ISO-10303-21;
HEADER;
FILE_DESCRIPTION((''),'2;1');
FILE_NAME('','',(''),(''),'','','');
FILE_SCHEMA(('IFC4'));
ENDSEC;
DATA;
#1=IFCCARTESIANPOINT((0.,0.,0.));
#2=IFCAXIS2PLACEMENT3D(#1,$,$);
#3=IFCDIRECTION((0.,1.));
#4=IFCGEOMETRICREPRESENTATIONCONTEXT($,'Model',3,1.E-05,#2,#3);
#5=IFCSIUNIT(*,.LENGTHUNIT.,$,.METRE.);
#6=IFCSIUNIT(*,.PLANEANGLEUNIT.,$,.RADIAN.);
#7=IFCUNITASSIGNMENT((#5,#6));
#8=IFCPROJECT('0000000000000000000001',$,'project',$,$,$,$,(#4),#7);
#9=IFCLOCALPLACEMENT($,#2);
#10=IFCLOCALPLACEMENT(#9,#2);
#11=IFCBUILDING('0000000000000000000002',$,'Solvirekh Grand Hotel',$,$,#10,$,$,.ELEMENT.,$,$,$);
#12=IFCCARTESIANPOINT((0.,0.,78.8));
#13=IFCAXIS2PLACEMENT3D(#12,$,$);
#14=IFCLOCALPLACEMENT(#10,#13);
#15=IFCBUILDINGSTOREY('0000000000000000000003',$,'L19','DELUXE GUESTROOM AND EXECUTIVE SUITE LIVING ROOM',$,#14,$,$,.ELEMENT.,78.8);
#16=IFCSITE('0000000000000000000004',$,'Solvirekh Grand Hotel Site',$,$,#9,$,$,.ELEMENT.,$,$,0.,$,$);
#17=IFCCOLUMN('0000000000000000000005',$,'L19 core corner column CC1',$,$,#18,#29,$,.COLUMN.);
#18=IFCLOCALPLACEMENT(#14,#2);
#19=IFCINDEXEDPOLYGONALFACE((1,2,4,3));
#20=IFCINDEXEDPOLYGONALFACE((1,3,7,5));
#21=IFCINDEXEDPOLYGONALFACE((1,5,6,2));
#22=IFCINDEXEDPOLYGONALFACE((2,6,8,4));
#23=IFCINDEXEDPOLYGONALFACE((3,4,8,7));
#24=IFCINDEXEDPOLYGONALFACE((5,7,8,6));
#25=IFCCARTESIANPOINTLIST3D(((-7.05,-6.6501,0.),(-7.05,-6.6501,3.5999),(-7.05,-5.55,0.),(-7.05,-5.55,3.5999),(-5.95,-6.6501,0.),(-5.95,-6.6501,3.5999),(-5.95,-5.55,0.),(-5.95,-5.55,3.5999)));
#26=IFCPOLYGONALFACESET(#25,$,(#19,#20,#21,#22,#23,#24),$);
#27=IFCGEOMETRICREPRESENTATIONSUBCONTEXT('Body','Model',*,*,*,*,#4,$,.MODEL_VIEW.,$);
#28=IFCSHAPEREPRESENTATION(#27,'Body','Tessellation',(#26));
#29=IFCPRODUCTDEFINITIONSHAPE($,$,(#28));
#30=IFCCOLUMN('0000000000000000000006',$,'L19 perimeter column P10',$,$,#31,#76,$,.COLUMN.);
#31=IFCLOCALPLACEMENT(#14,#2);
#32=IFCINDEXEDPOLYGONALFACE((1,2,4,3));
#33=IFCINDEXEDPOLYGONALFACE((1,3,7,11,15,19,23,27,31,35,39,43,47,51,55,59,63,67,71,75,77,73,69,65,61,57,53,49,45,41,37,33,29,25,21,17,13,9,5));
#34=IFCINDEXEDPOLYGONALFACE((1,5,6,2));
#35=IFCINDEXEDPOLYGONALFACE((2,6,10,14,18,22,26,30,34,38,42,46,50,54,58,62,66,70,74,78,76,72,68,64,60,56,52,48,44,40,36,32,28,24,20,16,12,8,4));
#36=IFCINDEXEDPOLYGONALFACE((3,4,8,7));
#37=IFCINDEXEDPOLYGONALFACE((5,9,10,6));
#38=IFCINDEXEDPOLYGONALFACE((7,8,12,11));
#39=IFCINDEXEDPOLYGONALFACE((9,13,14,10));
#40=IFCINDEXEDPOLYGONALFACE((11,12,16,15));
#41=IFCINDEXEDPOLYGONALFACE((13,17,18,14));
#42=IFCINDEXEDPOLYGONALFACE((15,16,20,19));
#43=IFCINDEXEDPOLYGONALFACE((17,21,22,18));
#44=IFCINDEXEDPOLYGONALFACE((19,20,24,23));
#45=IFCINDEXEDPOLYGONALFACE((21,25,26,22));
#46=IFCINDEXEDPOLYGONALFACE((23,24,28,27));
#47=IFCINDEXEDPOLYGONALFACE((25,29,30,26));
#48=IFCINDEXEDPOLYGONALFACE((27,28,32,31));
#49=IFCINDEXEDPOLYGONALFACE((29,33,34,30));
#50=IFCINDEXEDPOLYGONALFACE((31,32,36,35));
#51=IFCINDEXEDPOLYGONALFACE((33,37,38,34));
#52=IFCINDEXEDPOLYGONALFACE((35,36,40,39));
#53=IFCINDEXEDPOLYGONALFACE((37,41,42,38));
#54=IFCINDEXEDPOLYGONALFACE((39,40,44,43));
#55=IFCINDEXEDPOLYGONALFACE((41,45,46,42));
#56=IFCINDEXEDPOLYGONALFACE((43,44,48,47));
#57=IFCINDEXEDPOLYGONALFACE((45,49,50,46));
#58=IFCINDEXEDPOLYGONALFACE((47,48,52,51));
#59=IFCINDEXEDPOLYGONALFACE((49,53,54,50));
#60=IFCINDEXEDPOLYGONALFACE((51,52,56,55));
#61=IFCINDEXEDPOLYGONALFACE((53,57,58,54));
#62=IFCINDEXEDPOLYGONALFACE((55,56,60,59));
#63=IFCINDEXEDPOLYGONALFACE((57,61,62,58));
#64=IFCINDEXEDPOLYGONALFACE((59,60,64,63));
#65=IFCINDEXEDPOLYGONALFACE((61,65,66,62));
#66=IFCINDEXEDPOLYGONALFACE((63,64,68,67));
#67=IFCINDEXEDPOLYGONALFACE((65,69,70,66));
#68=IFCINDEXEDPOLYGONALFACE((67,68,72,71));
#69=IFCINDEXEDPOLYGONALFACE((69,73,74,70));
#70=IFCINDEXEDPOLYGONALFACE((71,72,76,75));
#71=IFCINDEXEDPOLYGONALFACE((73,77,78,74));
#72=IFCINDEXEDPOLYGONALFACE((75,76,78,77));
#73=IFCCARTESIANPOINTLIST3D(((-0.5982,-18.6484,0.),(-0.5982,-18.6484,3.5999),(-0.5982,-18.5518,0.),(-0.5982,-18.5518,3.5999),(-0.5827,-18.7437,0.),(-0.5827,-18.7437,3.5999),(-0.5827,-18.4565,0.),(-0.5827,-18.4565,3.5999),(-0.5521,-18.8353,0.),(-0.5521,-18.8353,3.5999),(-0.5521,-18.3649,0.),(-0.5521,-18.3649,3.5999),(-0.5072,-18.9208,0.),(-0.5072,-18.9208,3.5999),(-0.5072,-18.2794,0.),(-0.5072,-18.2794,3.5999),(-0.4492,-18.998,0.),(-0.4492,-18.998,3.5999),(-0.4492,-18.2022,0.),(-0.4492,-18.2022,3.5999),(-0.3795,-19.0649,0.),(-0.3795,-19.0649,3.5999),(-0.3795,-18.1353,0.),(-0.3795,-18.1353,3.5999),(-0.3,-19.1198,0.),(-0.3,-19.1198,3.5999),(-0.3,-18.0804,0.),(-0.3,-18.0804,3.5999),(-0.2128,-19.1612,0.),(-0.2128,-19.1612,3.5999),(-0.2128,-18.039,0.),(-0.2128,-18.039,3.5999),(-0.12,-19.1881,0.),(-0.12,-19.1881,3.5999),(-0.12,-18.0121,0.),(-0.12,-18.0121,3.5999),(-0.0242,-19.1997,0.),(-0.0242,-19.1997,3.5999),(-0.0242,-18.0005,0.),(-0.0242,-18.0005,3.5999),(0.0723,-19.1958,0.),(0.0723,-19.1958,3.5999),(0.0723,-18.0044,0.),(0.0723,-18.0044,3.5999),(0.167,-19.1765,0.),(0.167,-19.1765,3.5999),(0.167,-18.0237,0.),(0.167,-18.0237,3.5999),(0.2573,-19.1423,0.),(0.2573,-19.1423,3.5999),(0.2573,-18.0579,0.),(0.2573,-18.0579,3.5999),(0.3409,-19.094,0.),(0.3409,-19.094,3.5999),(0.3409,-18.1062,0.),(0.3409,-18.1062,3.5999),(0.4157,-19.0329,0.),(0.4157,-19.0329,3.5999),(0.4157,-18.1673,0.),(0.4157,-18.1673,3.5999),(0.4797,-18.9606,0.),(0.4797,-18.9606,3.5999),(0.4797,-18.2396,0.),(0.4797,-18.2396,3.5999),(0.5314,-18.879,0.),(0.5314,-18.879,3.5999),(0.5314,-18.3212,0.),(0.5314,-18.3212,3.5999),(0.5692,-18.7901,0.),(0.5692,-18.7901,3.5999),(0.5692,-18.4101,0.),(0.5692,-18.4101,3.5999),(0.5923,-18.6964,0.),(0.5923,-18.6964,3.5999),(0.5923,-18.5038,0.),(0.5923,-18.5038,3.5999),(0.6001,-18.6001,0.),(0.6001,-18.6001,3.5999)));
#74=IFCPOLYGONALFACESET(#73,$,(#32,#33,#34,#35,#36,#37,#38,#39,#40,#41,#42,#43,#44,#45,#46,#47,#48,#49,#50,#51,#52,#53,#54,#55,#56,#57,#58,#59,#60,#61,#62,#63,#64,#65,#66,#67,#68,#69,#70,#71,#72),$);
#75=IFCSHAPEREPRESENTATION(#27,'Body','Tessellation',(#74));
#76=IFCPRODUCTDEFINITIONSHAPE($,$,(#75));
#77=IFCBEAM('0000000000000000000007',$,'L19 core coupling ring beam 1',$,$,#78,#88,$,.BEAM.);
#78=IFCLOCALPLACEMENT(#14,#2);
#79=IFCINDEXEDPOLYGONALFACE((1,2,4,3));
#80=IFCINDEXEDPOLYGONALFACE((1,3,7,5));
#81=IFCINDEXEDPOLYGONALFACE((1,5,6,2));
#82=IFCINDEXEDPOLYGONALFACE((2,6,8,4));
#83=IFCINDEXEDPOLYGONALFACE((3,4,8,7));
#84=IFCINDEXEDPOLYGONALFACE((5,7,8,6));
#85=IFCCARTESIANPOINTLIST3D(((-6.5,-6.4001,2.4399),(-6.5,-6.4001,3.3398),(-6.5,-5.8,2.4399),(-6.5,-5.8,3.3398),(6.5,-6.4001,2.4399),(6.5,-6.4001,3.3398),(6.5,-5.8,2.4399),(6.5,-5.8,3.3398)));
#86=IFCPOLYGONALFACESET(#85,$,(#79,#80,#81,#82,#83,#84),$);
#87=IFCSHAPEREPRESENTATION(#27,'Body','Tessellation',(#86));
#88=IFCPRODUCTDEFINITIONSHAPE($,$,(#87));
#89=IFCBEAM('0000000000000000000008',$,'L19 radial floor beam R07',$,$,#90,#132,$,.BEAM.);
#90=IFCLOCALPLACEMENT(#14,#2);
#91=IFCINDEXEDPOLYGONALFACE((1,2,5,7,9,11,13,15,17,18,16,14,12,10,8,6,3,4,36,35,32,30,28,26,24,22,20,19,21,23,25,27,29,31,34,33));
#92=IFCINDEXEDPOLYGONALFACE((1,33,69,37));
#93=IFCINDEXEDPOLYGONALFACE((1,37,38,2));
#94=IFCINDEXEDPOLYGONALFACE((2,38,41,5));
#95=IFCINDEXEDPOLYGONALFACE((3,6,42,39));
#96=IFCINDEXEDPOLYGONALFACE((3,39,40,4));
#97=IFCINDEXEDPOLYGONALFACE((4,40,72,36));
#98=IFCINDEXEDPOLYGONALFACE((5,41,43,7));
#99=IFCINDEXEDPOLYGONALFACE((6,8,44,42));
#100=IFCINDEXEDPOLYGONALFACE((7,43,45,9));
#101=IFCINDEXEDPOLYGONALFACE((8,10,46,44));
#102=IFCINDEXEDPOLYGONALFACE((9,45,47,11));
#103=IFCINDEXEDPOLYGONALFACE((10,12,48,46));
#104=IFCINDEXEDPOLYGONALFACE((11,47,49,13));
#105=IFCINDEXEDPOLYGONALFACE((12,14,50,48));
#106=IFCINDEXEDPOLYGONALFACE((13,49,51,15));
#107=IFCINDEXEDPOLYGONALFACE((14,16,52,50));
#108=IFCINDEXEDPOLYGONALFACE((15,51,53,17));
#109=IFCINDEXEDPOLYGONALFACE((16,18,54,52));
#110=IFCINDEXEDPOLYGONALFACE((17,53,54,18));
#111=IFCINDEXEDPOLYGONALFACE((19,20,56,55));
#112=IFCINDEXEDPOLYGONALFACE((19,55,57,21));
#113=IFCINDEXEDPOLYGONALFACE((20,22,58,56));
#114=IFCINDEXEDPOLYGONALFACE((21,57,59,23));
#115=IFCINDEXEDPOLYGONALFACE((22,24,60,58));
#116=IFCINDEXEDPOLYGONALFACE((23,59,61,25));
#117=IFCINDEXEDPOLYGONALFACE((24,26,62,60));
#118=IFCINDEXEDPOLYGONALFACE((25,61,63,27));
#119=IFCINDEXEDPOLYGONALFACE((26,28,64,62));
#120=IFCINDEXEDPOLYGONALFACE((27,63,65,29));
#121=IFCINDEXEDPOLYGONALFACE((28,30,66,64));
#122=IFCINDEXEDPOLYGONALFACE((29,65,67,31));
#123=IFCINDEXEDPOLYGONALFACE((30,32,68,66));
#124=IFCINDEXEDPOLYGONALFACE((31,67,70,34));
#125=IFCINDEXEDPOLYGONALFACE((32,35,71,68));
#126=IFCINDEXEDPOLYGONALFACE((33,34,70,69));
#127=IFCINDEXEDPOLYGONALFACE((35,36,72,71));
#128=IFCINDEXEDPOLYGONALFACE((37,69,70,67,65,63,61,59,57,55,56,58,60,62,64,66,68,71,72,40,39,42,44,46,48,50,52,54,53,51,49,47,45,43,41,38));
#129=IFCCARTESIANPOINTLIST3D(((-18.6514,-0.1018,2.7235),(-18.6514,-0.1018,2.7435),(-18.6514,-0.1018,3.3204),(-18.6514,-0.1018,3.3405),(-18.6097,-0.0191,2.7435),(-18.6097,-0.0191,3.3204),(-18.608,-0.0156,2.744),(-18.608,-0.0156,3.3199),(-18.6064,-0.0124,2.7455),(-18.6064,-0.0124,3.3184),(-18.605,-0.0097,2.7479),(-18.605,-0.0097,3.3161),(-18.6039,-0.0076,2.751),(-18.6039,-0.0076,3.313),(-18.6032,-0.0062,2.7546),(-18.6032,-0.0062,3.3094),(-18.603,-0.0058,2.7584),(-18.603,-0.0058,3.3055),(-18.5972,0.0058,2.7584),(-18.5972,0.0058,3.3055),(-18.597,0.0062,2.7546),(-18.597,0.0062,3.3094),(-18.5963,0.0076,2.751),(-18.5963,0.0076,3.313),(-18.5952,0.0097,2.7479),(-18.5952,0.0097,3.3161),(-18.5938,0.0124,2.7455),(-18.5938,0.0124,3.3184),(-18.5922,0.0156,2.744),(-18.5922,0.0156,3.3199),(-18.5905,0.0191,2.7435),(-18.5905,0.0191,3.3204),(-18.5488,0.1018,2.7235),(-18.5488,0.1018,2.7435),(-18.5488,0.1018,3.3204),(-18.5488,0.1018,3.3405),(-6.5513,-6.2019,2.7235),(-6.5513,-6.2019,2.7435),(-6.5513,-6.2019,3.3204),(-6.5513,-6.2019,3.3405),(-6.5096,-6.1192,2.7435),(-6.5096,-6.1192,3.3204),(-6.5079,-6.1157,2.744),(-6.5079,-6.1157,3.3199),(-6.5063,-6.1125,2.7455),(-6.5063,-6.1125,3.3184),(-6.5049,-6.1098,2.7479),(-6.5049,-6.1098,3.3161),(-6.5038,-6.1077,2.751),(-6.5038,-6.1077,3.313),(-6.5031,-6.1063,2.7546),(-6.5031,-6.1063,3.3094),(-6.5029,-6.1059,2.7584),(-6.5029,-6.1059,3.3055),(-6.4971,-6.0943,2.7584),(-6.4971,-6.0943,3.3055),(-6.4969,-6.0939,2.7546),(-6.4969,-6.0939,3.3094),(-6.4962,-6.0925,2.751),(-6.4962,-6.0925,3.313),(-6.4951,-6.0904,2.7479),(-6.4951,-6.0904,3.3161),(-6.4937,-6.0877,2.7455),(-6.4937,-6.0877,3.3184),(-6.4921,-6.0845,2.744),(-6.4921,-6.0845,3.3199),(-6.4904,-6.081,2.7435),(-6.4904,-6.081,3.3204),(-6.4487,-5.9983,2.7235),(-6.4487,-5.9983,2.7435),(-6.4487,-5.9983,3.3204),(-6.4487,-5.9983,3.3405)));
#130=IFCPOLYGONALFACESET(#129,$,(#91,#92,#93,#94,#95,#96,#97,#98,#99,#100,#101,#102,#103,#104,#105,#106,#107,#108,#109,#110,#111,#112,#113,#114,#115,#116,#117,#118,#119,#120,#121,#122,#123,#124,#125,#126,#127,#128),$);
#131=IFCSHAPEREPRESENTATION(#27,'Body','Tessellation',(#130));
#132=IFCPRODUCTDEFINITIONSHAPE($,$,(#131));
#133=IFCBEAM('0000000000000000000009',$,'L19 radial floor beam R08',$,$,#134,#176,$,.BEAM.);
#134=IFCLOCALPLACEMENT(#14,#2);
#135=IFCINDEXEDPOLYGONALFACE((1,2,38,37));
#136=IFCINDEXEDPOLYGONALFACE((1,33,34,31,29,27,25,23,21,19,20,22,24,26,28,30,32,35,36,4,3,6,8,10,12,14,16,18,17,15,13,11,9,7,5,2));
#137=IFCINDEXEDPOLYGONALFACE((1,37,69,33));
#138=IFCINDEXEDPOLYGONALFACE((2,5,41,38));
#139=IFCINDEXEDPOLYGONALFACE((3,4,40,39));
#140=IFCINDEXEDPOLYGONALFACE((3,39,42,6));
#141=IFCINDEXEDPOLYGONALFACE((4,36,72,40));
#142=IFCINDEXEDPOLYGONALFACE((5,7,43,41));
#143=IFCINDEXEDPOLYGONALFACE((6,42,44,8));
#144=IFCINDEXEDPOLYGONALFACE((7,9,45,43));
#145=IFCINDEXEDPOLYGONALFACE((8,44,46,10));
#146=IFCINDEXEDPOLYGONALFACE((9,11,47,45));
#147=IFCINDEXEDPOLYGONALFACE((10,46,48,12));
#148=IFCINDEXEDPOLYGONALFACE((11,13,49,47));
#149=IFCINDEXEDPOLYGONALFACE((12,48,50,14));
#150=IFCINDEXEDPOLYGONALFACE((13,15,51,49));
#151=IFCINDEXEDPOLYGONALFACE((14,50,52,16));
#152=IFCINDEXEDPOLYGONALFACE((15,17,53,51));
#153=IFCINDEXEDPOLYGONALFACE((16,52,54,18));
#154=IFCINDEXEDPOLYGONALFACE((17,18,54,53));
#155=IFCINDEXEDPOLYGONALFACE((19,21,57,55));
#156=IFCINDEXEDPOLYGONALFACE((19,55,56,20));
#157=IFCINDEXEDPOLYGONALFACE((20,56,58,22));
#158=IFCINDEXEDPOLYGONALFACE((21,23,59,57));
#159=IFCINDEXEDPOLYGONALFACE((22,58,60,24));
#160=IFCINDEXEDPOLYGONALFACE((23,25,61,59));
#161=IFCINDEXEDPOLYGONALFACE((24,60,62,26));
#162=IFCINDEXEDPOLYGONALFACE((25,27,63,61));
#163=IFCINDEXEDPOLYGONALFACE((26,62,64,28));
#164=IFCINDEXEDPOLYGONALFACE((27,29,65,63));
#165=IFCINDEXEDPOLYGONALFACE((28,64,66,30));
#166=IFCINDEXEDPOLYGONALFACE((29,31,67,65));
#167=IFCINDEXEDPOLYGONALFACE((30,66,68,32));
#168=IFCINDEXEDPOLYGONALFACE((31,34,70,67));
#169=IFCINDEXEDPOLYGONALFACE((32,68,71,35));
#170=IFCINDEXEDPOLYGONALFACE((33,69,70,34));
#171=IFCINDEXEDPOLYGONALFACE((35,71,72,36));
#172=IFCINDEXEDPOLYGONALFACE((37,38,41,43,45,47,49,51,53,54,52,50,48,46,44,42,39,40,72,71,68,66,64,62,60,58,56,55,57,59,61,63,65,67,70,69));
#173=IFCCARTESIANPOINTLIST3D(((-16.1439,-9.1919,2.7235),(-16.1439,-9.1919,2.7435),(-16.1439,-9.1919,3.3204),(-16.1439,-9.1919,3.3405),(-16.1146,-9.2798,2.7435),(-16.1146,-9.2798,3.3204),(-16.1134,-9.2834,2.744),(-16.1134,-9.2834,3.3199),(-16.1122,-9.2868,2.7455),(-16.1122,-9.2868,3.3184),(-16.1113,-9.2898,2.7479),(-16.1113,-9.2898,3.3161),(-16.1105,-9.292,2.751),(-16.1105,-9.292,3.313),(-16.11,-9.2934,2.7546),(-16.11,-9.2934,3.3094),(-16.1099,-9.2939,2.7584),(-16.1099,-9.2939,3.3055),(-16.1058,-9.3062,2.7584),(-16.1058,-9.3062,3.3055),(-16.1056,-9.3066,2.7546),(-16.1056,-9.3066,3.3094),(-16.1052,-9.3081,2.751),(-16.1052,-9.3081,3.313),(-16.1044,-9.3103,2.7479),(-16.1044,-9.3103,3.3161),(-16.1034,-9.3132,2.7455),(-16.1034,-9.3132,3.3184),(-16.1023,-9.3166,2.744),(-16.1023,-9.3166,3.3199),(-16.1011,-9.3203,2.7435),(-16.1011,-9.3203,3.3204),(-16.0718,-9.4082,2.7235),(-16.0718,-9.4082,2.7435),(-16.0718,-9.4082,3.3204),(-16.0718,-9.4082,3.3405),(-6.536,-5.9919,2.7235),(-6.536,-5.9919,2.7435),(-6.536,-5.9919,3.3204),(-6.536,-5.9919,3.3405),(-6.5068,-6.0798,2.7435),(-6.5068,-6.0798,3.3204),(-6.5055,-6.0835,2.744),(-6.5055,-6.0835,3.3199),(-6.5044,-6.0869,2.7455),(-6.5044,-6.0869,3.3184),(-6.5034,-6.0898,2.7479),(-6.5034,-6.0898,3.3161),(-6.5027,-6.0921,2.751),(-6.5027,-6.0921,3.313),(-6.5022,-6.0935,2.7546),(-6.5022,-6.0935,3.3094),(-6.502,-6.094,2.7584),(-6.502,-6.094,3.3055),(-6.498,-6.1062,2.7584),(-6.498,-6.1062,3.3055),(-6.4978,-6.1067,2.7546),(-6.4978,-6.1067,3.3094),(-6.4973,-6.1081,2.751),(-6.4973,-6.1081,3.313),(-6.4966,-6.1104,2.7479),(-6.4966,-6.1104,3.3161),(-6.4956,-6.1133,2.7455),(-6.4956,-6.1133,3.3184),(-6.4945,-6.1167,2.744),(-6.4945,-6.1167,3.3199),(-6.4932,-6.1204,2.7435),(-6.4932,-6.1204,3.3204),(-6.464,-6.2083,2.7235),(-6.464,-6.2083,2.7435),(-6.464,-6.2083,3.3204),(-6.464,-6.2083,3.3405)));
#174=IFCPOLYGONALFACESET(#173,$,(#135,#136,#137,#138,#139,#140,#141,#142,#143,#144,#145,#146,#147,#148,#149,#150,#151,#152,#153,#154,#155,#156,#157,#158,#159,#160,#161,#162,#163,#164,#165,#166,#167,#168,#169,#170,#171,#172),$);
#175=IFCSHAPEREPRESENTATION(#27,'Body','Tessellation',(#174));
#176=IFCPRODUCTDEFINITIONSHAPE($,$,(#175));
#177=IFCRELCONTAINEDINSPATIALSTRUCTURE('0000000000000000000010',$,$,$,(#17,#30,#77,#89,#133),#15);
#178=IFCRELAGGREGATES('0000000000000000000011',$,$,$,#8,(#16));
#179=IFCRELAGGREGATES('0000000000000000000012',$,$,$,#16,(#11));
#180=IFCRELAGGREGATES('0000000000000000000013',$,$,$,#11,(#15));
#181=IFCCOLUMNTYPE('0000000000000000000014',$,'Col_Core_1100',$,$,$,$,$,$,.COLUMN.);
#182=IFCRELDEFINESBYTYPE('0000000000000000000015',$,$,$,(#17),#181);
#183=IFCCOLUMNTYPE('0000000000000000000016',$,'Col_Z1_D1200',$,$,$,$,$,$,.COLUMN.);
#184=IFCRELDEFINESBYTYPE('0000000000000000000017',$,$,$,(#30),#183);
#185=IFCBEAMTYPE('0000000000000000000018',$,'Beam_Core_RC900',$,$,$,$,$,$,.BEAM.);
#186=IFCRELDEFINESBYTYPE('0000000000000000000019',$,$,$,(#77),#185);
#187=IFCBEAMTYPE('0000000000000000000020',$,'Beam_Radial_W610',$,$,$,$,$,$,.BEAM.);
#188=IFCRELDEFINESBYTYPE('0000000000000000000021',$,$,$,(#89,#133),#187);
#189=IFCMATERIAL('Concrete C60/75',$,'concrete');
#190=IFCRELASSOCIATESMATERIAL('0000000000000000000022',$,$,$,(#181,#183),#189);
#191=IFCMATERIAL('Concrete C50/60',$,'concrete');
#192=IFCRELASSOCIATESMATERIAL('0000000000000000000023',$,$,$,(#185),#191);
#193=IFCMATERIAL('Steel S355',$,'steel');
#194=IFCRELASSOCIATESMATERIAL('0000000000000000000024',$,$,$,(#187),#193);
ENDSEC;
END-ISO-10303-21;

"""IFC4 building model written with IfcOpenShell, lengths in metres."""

from ifc_helpers import new_model, si_unit, direction, frame, origin, origin_2d, place, context, subcontext, project, spatial, rectangle, circle, i_section, extrude, material, material_profile, profile_set, type_object, element, save


model = new_model("IFC4")

# Units and contexts
model_context = context("Model", 3, precision=1e-05, world=origin(), true_north=direction((0.0, 1.0)))
body_context = subcontext(model_context, "Body", "Model", "MODEL_VIEW")
ifc_project = project(units=[si_unit("LENGTHUNIT", "METRE"), si_unit("PLANEANGLEUNIT", "RADIAN")], contexts=[model_context])

# Site, building, storey
site_placement = place(None, origin())
site = spatial("IfcSite", under=ifc_project, at=site_placement, Name="Solvirekh Grand Hotel Site", CompositionType="ELEMENT", RefElevation=0.0)
building_placement = place(site_placement, origin())
building = spatial("IfcBuilding", under=site, at=building_placement, Name="Solvirekh Grand Hotel", CompositionType="ELEMENT")
storey_placement = place(building_placement, frame((0.0, 0.0, 78.8)))
storey = spatial("IfcBuildingStorey", under=building, at=storey_placement, Name="L19", Description="DELUXE GUESTROOM AND EXECUTIVE SUITE LIVING ROOM", CompositionType="ELEMENT", Elevation=78.8)

# Columns
ifc_material_1 = material(Name="Concrete C60/75", Category="concrete")
ifc_material_profile_1 = material_profile(ifc_material_1, rectangle(XDim=1.1001, YDim=1.1001, at=origin_2d()), Name="RC 1100X1100")
ifc_profile_set_1 = profile_set([ifc_material_profile_1], Name="Concrete C60/75")
column_type_1 = type_object("IfcColumnType", Name="Col_Core_1100", PredefinedType="COLUMN", material=ifc_profile_set_1)
column_1_placement = place(storey_placement, frame((-6.5, -6.1001, 0.0), z_axis=(0.0, 0.0, 1.0), x_axis=(1.0, 0.0, 0.0)))
element("IfcColumn", 1, at=column_1_placement, inside=storey, type_object=column_type_1, Name="L19 core corner column CC1", PredefinedType="COLUMN", context=body_context, shape_type="SweptSolid", body=[
    extrude(rectangle(XDim=1.1001, YDim=1.1001, at=origin_2d()), origin(), (0.0, 0.0, 1.0), 3.5999),
])
ifc_material_profile_2 = material_profile(ifc_material_1, circle(Radius=0.6001, at=origin_2d()), Name="RC CIRC D1200")
ifc_profile_set_2 = profile_set([ifc_material_profile_2], Name="Concrete C60/75")
column_type_2 = type_object("IfcColumnType", Name="Col_Z1_D1200", PredefinedType="COLUMN", material=ifc_profile_set_2)
column_2_placement = place(storey_placement, frame((0.0, -18.6001, 0.0), z_axis=(0.0, 0.0, 1.0), x_axis=(1.0, 0.0, 0.0)))
element("IfcColumn", 2, at=column_2_placement, inside=storey, type_object=column_type_2, Name="L19 perimeter column P10", PredefinedType="COLUMN", context=body_context, shape_type="SweptSolid", body=[
    extrude(circle(Radius=0.6001, at=origin_2d()), origin(), (0.0, 0.0, 1.0), 3.5999),
])

# Beams
ifc_material_2 = material(Name="Concrete C50/60", Category="concrete")
ifc_material_profile_3 = material_profile(ifc_material_2, rectangle(XDim=0.6001, YDim=0.8999, at=origin_2d()), Name="RC BEAM 600X900")
ifc_profile_set_3 = profile_set([ifc_material_profile_3], Name="Concrete C50/60")
beam_type_1 = type_object("IfcBeamType", Name="Beam_Core_RC900", PredefinedType="BEAM", material=ifc_profile_set_3)
beam_1_placement = place(storey_placement, frame((-6.5, -6.1001, 2.8899), z_axis=(1.0, 0.0, 0.0), x_axis=(0.0, 1.0, 0.0)))
element("IfcBeam", 3, at=beam_1_placement, inside=storey, type_object=beam_type_1, Name="L19 core coupling ring beam 1", PredefinedType="BEAM", context=body_context, shape_type="SweptSolid", body=[
    extrude(rectangle(XDim=0.6001, YDim=0.8999, at=origin_2d()), origin(), (0.0, 0.0, 1.0), 13.0),
])
ifc_material_3 = material(Name="Steel S355", Category="steel")
ifc_material_profile_4 = material_profile(ifc_material_3, i_section(OverallWidth=0.228, OverallDepth=0.6169, WebThickness=0.0129, FlangeThickness=0.02, FilletRadius=0.0149, at=origin_2d()), Name="W610X140")
ifc_profile_set_4 = profile_set([ifc_material_profile_4], Name="Steel S355")
beam_type_2 = type_object("IfcBeamType", Name="Beam_Radial_W610", PredefinedType="BEAM", material=ifc_profile_set_4)
beam_2_placement = place(storey_placement, frame((-6.5, -6.1001, 3.032), z_axis=(-0.892945, 0.450166, 0.0), x_axis=(-0.450166, -0.892945, 0.0)))
element("IfcBeam", 4, at=beam_2_placement, inside=storey, type_object=beam_type_2, Name="L19 radial floor beam R07", PredefinedType="BEAM", context=body_context, shape_type="SweptSolid", body=[
    extrude(i_section(OverallWidth=0.228, OverallDepth=0.6169, WebThickness=0.0129, FlangeThickness=0.02, FilletRadius=0.0149, at=origin_2d()), origin(), (0.0, 0.0, 1.0), 13.5508),
])
beam_3_placement = place(storey_placement, frame((-6.5, -6.1001, 3.032), z_axis=(-0.948763, -0.315989, 0.0), x_axis=(0.315989, -0.948763, 0.0)))
element("IfcBeam", 5, at=beam_3_placement, inside=storey, type_object=beam_type_2, Name="L19 radial floor beam R08", PredefinedType="BEAM", context=body_context, shape_type="SweptSolid", body=[
    extrude(i_section(OverallWidth=0.228, OverallDepth=0.6169, WebThickness=0.0129, FlangeThickness=0.02, FilletRadius=0.0149, at=origin_2d()), origin(), (0.0, 0.0, 1.0), 10.1267),
])

save(model, "model.ifc")
